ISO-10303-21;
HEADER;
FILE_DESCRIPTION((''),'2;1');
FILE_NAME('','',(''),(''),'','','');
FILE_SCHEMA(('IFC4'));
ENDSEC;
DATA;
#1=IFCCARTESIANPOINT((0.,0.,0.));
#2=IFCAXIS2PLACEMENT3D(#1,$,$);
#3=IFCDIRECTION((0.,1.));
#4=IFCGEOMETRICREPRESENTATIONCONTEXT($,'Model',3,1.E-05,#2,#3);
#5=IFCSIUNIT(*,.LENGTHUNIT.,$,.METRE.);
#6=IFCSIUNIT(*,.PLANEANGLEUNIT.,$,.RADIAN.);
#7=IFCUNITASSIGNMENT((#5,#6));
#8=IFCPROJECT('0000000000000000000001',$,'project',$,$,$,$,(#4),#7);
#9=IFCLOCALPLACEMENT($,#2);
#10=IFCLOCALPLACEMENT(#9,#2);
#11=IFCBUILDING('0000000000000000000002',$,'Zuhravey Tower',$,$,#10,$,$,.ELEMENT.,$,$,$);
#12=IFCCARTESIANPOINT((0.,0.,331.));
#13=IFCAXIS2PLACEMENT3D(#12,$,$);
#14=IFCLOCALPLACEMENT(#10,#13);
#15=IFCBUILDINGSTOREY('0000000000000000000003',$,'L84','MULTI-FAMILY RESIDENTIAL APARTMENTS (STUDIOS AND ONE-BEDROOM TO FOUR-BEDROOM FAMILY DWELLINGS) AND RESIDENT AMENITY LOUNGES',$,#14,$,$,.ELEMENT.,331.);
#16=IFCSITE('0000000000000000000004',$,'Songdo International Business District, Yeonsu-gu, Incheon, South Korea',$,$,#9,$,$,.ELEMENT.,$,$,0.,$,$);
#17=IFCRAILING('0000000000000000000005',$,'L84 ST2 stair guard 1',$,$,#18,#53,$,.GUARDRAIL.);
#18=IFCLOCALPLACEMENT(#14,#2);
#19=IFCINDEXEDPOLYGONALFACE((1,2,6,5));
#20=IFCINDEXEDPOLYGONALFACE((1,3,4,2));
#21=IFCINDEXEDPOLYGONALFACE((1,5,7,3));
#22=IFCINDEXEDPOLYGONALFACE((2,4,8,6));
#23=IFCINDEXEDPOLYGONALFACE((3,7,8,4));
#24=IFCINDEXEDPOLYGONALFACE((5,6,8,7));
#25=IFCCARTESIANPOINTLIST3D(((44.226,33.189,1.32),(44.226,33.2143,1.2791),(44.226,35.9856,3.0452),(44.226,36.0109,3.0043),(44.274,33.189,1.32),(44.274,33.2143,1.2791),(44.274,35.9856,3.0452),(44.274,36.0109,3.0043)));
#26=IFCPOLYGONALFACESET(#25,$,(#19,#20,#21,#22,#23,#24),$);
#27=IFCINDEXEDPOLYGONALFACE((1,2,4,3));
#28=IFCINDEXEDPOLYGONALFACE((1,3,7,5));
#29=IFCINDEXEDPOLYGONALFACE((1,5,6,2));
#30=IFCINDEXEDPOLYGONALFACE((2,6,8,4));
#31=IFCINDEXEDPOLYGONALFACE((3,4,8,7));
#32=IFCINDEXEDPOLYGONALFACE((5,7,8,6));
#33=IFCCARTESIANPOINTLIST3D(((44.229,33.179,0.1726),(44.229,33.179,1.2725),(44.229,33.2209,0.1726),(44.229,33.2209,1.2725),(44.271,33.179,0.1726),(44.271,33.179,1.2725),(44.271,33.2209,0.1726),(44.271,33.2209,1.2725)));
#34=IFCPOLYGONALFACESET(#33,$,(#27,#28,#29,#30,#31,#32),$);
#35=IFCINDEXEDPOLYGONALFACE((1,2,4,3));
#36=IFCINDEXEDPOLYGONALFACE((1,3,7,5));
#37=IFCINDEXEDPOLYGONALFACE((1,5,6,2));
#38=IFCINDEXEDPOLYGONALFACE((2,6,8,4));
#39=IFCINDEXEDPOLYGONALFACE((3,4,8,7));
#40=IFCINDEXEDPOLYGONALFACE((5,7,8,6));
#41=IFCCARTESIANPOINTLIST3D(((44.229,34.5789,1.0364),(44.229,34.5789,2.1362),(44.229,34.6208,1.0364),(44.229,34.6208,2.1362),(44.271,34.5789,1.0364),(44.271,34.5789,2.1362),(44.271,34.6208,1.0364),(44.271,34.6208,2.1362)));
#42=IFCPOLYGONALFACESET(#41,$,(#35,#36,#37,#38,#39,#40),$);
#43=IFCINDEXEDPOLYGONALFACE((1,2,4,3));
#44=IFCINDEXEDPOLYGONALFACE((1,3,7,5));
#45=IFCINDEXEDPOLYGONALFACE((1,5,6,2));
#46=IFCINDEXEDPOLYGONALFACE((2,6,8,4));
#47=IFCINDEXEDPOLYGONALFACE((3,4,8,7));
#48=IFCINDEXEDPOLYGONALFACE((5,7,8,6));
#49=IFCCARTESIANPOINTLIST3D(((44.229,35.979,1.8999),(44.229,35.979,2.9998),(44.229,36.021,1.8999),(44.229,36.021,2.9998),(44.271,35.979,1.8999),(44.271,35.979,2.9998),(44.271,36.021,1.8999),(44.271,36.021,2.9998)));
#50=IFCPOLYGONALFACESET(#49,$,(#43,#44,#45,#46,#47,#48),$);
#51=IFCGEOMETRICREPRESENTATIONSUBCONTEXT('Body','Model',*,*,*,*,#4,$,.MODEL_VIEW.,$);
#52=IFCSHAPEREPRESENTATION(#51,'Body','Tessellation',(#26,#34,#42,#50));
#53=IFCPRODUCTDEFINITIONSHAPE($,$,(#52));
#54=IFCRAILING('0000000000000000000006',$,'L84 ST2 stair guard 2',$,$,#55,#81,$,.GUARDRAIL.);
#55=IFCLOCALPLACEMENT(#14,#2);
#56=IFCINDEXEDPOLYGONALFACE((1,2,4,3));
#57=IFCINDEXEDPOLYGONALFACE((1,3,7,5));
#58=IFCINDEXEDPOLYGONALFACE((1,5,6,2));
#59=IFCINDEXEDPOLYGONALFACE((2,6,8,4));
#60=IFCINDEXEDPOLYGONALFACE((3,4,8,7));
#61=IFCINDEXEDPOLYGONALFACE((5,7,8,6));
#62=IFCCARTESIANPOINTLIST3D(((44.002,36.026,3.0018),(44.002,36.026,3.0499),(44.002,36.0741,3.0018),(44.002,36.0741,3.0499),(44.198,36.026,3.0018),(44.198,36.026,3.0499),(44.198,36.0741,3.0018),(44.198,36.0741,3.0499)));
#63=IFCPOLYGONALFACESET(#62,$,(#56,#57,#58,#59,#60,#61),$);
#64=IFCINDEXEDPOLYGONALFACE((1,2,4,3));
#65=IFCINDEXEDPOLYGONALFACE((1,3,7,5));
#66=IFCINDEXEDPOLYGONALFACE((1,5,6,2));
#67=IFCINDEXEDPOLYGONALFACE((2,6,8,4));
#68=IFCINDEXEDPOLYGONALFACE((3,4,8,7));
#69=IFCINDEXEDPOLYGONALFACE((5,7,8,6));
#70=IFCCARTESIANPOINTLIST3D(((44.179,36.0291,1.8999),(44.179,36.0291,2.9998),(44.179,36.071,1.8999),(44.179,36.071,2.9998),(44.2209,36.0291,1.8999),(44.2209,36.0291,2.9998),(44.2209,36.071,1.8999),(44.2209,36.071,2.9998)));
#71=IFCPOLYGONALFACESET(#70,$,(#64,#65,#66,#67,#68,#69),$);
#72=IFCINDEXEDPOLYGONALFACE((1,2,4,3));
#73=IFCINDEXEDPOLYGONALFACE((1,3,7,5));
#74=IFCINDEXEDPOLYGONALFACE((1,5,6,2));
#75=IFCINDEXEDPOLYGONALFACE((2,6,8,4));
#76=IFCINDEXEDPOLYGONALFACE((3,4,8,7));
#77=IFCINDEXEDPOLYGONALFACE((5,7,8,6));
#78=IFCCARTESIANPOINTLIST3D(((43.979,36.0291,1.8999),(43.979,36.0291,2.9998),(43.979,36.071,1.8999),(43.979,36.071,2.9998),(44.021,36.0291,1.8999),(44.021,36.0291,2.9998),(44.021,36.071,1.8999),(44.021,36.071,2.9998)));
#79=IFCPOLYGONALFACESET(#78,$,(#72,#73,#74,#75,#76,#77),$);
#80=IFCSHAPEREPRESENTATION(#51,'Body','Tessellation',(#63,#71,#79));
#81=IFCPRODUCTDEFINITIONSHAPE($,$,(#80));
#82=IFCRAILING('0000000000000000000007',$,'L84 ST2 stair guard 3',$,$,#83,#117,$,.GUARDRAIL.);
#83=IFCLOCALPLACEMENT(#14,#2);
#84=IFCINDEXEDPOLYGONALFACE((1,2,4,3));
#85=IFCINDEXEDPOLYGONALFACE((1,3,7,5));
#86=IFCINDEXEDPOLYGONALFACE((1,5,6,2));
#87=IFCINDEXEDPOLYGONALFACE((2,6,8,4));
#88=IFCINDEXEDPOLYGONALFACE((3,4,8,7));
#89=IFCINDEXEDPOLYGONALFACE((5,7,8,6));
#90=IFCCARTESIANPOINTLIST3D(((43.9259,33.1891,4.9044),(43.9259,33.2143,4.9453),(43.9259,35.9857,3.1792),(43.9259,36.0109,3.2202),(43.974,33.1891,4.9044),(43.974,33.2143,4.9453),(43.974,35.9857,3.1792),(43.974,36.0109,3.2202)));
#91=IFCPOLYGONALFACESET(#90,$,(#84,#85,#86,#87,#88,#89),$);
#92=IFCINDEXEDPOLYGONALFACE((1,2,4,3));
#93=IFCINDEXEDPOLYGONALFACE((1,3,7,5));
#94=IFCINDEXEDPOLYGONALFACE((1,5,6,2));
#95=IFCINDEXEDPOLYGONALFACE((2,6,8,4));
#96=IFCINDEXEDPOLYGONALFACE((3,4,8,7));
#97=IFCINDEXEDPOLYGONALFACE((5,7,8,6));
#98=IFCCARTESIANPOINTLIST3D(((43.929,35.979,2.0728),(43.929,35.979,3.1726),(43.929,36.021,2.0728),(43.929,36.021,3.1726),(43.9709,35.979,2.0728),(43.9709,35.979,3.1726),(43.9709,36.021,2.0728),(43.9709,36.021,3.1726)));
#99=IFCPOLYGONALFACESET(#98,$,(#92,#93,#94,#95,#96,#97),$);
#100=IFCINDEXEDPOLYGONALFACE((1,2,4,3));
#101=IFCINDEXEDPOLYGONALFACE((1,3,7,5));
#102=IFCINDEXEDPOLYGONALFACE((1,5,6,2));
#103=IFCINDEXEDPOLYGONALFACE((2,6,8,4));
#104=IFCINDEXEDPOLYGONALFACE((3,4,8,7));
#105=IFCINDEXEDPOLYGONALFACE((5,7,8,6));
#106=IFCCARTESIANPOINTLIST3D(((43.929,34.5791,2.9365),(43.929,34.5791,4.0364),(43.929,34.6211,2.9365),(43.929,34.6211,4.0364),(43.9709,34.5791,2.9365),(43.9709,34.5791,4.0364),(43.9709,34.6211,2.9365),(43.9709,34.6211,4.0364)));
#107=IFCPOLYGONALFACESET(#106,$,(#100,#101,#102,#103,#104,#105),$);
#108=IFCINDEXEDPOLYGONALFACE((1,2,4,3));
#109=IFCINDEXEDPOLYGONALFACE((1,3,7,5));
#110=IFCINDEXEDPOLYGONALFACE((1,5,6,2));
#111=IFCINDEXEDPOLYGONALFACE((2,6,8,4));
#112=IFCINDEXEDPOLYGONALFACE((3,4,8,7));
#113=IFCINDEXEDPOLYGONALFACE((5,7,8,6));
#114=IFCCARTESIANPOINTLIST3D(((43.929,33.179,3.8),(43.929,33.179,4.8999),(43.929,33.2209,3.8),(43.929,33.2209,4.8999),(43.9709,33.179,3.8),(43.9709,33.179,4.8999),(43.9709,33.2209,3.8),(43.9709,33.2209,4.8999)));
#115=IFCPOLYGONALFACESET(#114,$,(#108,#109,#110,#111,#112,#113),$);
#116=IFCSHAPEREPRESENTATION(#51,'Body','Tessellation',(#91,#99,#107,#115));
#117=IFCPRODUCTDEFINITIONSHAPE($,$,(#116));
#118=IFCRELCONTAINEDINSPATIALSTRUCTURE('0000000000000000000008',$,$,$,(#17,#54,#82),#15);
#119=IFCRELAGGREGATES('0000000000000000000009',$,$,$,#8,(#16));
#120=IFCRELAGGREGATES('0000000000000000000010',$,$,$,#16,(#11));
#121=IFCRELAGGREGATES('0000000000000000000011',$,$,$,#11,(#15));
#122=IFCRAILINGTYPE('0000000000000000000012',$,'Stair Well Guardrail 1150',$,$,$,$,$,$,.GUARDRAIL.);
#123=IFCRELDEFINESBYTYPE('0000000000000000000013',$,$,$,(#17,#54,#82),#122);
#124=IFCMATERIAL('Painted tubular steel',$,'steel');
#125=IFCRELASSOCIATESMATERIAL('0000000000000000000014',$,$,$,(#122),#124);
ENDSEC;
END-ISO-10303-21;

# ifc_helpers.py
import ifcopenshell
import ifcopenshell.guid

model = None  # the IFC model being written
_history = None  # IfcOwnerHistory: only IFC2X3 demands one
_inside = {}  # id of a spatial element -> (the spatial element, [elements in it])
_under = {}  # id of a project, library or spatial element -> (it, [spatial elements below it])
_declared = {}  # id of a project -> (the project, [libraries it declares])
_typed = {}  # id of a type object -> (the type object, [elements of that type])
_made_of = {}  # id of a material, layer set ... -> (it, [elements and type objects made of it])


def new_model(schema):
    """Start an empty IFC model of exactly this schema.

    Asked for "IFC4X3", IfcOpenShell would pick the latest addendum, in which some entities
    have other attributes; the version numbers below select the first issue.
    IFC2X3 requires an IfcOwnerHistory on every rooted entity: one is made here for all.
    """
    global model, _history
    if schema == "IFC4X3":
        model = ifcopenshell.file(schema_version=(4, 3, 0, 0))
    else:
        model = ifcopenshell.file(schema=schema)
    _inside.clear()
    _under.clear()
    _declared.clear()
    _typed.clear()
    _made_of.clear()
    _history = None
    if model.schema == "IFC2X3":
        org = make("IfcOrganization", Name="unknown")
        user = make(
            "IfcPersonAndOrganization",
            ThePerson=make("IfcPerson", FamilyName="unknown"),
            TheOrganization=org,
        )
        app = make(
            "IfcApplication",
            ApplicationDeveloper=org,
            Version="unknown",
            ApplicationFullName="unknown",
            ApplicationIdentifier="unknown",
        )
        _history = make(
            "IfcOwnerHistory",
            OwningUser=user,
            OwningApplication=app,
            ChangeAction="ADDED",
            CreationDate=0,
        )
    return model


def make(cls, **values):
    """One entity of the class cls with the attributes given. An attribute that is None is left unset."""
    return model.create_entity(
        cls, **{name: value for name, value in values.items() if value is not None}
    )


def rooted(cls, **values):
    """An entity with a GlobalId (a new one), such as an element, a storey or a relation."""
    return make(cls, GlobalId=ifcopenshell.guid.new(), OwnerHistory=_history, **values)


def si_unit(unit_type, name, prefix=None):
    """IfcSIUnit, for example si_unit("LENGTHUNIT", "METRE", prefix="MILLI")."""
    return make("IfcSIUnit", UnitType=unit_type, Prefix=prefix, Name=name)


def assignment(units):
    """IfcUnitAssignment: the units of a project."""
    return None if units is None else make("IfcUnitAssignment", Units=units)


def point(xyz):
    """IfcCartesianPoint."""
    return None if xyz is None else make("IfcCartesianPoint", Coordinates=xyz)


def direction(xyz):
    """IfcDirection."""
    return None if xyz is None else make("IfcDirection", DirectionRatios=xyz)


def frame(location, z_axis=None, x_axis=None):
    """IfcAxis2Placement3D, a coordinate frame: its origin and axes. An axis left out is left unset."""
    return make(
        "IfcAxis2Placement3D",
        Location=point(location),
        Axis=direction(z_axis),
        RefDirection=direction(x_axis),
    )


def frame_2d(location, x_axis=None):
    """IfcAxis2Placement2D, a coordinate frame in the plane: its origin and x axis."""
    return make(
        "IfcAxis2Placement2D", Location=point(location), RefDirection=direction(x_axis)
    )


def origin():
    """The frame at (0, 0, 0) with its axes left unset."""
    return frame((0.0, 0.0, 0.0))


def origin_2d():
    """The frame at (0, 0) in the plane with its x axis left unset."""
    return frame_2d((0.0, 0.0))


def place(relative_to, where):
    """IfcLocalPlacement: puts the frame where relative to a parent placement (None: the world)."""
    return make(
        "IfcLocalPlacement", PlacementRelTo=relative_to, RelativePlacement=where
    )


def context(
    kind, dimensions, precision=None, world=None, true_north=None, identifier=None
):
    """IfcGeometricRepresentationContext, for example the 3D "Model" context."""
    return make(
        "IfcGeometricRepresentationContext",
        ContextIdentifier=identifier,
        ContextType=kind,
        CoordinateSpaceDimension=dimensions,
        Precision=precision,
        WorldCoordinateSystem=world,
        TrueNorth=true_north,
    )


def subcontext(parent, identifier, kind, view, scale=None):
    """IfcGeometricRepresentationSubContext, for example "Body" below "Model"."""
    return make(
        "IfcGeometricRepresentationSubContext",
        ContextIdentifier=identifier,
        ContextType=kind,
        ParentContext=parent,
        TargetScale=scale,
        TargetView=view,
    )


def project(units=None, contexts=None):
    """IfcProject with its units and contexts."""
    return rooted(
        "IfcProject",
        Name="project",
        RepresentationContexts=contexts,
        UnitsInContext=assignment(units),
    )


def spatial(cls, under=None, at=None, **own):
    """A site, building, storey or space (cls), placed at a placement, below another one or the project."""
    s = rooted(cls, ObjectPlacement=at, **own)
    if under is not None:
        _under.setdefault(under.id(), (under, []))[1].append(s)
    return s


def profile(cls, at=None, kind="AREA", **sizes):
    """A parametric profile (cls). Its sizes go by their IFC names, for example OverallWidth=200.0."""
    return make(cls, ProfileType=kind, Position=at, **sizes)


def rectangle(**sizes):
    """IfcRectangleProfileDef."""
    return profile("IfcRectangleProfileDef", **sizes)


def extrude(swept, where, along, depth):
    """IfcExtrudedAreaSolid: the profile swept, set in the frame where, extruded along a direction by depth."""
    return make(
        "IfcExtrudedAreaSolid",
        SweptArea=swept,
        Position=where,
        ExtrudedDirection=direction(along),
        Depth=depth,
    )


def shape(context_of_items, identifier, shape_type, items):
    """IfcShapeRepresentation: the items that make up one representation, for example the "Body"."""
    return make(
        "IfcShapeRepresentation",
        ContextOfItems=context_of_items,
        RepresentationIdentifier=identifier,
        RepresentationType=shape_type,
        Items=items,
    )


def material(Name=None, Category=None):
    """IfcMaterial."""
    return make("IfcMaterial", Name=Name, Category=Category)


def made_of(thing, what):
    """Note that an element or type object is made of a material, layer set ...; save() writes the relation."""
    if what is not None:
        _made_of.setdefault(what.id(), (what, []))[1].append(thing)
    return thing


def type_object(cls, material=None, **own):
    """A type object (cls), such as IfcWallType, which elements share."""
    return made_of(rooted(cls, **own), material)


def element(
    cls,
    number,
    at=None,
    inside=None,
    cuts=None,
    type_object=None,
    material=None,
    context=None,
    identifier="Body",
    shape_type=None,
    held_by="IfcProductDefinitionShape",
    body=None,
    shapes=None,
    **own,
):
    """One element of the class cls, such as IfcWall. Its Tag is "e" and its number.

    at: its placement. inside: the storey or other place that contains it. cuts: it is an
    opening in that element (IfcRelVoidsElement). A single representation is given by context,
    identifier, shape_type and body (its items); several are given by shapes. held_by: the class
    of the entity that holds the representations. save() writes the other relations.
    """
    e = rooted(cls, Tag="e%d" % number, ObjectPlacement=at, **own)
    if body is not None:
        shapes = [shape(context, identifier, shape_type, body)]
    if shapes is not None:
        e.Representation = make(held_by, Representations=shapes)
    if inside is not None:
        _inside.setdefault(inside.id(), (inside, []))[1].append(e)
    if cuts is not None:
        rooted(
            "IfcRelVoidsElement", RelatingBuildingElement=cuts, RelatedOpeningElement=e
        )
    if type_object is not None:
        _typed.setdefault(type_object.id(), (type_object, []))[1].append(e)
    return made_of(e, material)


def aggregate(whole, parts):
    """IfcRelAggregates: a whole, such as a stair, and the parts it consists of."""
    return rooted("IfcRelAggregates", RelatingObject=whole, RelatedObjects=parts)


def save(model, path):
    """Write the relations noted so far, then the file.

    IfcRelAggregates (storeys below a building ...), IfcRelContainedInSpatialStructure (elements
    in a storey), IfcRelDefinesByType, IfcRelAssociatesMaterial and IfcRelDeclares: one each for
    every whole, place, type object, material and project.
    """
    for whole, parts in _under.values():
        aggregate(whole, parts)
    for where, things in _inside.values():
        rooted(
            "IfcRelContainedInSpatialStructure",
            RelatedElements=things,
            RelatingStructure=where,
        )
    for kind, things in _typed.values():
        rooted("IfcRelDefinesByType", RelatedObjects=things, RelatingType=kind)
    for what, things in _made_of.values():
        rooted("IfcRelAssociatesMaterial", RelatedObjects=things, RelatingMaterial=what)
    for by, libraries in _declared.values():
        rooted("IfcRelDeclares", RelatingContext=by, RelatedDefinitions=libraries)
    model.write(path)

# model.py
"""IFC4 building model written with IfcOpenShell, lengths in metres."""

from ifc_helpers import new_model, si_unit, direction, frame, origin, origin_2d, place, context, subcontext, project, spatial, rectangle, extrude, material, type_object, element, save


model = new_model("IFC4")

# Units and contexts
model_context = context("Model", 3, precision=1e-05, world=origin(), true_north=direction((0.0, 1.0)))
body_context = subcontext(model_context, "Body", "Model", "MODEL_VIEW")
ifc_project = project(units=[si_unit("LENGTHUNIT", "METRE"), si_unit("PLANEANGLEUNIT", "RADIAN")], contexts=[model_context])

# Site, building, storey
site_placement = place(None, origin())
site = spatial("IfcSite", under=ifc_project, at=site_placement, Name="Songdo International Business District, Yeonsu-gu, Incheon, South Korea", CompositionType="ELEMENT", RefElevation=0.0)
building_placement = place(site_placement, origin())
building = spatial("IfcBuilding", under=site, at=building_placement, Name="Zuhravey Tower", CompositionType="ELEMENT")
storey_placement = place(building_placement, frame((0.0, 0.0, 331.0)))
storey = spatial("IfcBuildingStorey", under=building, at=storey_placement, Name="L84", Description="MULTI-FAMILY RESIDENTIAL APARTMENTS (STUDIOS AND ONE-BEDROOM TO FOUR-BEDROOM FAMILY DWELLINGS) AND RESIDENT AMENITY LOUNGES", CompositionType="ELEMENT", Elevation=331.0)

# Railings
ifc_material_1 = material(Name="Painted tubular steel", Category="steel")
railing_type_1 = type_object("IfcRailingType", Name="Stair Well Guardrail 1150", PredefinedType="GUARDRAIL", material=ifc_material_1)
railing_1_placement = place(storey_placement, frame((44.25, 33.2, 0.1726)))
element("IfcRailing", 1, at=railing_1_placement, inside=storey, type_object=railing_type_1, Name="L84 ST2 stair guard 1", PredefinedType="GUARDRAIL", context=body_context, shape_type="SweptSolid", body=[
    extrude(rectangle(XDim=0.0481, YDim=0.0481, at=origin_2d()), frame((0.0, 0.0017, 1.127), z_axis=(0.0, 0.85109, 0.52502), x_axis=(-1.0, 0.0, 0.0)), (0.0, 0.0, 1.0), 3.2859),
    extrude(rectangle(XDim=0.042, YDim=0.042, at=origin_2d()), origin(), (0.0, 0.0, 1.0), 1.0999),
    extrude(rectangle(XDim=0.042, YDim=0.042, at=origin_2d()), frame((0.0, 1.3999, 0.8638)), (0.0, 0.0, 1.0), 1.0999),
    extrude(rectangle(XDim=0.042, YDim=0.042, at=origin_2d()), frame((0.0, 2.8, 1.7273)), (0.0, 0.0, 1.0), 1.0999),
])
railing_2_placement = place(storey_placement, frame((44.2, 36.05, 1.8999)))
element("IfcRailing", 2, at=railing_2_placement, inside=storey, type_object=railing_type_1, Name="L84 ST2 stair guard 2", PredefinedType="GUARDRAIL", context=body_context, shape_type="SweptSolid", body=[
    extrude(rectangle(XDim=0.0481, YDim=0.0481, at=origin_2d()), frame((-0.002, 0.0, 1.126), z_axis=(-1.0, 0.0, 0.0), x_axis=(0.0, -1.0, 0.0)), (0.0, 0.0, 1.0), 0.196),
    extrude(rectangle(XDim=0.042, YDim=0.042, at=origin_2d()), origin(), (0.0, 0.0, 1.0), 1.0999),
    extrude(rectangle(XDim=0.042, YDim=0.042, at=origin_2d()), frame((-0.2, 0.0, 0.0)), (0.0, 0.0, 1.0), 1.0999),
])
railing_3_placement = place(storey_placement, frame((43.95, 36.0, 2.0728)))
element("IfcRailing", 3, at=railing_3_placement, inside=storey, type_object=railing_type_1, Name="L84 ST2 stair guard 3", PredefinedType="GUARDRAIL", context=body_context, shape_type="SweptSolid", body=[
    extrude(rectangle(XDim=0.0481, YDim=0.0481, at=origin_2d()), frame((0.0, -0.0017, 1.127), z_axis=(0.0, -0.85109, 0.52502), x_axis=(1.0, 0.0, 0.0)), (0.0, 0.0, 1.0), 3.2859),
    extrude(rectangle(XDim=0.042, YDim=0.042, at=origin_2d()), origin(), (0.0, 0.0, 1.0), 1.0999),
    extrude(rectangle(XDim=0.042, YDim=0.042, at=origin_2d()), frame((0.0, -1.3999, 0.8638)), (0.0, 0.0, 1.0), 1.0999),
    extrude(rectangle(XDim=0.042, YDim=0.042, at=origin_2d()), frame((0.0, -2.8, 1.7273)), (0.0, 0.0, 1.0), 1.0999),
])

save(model, "model.ifc")
